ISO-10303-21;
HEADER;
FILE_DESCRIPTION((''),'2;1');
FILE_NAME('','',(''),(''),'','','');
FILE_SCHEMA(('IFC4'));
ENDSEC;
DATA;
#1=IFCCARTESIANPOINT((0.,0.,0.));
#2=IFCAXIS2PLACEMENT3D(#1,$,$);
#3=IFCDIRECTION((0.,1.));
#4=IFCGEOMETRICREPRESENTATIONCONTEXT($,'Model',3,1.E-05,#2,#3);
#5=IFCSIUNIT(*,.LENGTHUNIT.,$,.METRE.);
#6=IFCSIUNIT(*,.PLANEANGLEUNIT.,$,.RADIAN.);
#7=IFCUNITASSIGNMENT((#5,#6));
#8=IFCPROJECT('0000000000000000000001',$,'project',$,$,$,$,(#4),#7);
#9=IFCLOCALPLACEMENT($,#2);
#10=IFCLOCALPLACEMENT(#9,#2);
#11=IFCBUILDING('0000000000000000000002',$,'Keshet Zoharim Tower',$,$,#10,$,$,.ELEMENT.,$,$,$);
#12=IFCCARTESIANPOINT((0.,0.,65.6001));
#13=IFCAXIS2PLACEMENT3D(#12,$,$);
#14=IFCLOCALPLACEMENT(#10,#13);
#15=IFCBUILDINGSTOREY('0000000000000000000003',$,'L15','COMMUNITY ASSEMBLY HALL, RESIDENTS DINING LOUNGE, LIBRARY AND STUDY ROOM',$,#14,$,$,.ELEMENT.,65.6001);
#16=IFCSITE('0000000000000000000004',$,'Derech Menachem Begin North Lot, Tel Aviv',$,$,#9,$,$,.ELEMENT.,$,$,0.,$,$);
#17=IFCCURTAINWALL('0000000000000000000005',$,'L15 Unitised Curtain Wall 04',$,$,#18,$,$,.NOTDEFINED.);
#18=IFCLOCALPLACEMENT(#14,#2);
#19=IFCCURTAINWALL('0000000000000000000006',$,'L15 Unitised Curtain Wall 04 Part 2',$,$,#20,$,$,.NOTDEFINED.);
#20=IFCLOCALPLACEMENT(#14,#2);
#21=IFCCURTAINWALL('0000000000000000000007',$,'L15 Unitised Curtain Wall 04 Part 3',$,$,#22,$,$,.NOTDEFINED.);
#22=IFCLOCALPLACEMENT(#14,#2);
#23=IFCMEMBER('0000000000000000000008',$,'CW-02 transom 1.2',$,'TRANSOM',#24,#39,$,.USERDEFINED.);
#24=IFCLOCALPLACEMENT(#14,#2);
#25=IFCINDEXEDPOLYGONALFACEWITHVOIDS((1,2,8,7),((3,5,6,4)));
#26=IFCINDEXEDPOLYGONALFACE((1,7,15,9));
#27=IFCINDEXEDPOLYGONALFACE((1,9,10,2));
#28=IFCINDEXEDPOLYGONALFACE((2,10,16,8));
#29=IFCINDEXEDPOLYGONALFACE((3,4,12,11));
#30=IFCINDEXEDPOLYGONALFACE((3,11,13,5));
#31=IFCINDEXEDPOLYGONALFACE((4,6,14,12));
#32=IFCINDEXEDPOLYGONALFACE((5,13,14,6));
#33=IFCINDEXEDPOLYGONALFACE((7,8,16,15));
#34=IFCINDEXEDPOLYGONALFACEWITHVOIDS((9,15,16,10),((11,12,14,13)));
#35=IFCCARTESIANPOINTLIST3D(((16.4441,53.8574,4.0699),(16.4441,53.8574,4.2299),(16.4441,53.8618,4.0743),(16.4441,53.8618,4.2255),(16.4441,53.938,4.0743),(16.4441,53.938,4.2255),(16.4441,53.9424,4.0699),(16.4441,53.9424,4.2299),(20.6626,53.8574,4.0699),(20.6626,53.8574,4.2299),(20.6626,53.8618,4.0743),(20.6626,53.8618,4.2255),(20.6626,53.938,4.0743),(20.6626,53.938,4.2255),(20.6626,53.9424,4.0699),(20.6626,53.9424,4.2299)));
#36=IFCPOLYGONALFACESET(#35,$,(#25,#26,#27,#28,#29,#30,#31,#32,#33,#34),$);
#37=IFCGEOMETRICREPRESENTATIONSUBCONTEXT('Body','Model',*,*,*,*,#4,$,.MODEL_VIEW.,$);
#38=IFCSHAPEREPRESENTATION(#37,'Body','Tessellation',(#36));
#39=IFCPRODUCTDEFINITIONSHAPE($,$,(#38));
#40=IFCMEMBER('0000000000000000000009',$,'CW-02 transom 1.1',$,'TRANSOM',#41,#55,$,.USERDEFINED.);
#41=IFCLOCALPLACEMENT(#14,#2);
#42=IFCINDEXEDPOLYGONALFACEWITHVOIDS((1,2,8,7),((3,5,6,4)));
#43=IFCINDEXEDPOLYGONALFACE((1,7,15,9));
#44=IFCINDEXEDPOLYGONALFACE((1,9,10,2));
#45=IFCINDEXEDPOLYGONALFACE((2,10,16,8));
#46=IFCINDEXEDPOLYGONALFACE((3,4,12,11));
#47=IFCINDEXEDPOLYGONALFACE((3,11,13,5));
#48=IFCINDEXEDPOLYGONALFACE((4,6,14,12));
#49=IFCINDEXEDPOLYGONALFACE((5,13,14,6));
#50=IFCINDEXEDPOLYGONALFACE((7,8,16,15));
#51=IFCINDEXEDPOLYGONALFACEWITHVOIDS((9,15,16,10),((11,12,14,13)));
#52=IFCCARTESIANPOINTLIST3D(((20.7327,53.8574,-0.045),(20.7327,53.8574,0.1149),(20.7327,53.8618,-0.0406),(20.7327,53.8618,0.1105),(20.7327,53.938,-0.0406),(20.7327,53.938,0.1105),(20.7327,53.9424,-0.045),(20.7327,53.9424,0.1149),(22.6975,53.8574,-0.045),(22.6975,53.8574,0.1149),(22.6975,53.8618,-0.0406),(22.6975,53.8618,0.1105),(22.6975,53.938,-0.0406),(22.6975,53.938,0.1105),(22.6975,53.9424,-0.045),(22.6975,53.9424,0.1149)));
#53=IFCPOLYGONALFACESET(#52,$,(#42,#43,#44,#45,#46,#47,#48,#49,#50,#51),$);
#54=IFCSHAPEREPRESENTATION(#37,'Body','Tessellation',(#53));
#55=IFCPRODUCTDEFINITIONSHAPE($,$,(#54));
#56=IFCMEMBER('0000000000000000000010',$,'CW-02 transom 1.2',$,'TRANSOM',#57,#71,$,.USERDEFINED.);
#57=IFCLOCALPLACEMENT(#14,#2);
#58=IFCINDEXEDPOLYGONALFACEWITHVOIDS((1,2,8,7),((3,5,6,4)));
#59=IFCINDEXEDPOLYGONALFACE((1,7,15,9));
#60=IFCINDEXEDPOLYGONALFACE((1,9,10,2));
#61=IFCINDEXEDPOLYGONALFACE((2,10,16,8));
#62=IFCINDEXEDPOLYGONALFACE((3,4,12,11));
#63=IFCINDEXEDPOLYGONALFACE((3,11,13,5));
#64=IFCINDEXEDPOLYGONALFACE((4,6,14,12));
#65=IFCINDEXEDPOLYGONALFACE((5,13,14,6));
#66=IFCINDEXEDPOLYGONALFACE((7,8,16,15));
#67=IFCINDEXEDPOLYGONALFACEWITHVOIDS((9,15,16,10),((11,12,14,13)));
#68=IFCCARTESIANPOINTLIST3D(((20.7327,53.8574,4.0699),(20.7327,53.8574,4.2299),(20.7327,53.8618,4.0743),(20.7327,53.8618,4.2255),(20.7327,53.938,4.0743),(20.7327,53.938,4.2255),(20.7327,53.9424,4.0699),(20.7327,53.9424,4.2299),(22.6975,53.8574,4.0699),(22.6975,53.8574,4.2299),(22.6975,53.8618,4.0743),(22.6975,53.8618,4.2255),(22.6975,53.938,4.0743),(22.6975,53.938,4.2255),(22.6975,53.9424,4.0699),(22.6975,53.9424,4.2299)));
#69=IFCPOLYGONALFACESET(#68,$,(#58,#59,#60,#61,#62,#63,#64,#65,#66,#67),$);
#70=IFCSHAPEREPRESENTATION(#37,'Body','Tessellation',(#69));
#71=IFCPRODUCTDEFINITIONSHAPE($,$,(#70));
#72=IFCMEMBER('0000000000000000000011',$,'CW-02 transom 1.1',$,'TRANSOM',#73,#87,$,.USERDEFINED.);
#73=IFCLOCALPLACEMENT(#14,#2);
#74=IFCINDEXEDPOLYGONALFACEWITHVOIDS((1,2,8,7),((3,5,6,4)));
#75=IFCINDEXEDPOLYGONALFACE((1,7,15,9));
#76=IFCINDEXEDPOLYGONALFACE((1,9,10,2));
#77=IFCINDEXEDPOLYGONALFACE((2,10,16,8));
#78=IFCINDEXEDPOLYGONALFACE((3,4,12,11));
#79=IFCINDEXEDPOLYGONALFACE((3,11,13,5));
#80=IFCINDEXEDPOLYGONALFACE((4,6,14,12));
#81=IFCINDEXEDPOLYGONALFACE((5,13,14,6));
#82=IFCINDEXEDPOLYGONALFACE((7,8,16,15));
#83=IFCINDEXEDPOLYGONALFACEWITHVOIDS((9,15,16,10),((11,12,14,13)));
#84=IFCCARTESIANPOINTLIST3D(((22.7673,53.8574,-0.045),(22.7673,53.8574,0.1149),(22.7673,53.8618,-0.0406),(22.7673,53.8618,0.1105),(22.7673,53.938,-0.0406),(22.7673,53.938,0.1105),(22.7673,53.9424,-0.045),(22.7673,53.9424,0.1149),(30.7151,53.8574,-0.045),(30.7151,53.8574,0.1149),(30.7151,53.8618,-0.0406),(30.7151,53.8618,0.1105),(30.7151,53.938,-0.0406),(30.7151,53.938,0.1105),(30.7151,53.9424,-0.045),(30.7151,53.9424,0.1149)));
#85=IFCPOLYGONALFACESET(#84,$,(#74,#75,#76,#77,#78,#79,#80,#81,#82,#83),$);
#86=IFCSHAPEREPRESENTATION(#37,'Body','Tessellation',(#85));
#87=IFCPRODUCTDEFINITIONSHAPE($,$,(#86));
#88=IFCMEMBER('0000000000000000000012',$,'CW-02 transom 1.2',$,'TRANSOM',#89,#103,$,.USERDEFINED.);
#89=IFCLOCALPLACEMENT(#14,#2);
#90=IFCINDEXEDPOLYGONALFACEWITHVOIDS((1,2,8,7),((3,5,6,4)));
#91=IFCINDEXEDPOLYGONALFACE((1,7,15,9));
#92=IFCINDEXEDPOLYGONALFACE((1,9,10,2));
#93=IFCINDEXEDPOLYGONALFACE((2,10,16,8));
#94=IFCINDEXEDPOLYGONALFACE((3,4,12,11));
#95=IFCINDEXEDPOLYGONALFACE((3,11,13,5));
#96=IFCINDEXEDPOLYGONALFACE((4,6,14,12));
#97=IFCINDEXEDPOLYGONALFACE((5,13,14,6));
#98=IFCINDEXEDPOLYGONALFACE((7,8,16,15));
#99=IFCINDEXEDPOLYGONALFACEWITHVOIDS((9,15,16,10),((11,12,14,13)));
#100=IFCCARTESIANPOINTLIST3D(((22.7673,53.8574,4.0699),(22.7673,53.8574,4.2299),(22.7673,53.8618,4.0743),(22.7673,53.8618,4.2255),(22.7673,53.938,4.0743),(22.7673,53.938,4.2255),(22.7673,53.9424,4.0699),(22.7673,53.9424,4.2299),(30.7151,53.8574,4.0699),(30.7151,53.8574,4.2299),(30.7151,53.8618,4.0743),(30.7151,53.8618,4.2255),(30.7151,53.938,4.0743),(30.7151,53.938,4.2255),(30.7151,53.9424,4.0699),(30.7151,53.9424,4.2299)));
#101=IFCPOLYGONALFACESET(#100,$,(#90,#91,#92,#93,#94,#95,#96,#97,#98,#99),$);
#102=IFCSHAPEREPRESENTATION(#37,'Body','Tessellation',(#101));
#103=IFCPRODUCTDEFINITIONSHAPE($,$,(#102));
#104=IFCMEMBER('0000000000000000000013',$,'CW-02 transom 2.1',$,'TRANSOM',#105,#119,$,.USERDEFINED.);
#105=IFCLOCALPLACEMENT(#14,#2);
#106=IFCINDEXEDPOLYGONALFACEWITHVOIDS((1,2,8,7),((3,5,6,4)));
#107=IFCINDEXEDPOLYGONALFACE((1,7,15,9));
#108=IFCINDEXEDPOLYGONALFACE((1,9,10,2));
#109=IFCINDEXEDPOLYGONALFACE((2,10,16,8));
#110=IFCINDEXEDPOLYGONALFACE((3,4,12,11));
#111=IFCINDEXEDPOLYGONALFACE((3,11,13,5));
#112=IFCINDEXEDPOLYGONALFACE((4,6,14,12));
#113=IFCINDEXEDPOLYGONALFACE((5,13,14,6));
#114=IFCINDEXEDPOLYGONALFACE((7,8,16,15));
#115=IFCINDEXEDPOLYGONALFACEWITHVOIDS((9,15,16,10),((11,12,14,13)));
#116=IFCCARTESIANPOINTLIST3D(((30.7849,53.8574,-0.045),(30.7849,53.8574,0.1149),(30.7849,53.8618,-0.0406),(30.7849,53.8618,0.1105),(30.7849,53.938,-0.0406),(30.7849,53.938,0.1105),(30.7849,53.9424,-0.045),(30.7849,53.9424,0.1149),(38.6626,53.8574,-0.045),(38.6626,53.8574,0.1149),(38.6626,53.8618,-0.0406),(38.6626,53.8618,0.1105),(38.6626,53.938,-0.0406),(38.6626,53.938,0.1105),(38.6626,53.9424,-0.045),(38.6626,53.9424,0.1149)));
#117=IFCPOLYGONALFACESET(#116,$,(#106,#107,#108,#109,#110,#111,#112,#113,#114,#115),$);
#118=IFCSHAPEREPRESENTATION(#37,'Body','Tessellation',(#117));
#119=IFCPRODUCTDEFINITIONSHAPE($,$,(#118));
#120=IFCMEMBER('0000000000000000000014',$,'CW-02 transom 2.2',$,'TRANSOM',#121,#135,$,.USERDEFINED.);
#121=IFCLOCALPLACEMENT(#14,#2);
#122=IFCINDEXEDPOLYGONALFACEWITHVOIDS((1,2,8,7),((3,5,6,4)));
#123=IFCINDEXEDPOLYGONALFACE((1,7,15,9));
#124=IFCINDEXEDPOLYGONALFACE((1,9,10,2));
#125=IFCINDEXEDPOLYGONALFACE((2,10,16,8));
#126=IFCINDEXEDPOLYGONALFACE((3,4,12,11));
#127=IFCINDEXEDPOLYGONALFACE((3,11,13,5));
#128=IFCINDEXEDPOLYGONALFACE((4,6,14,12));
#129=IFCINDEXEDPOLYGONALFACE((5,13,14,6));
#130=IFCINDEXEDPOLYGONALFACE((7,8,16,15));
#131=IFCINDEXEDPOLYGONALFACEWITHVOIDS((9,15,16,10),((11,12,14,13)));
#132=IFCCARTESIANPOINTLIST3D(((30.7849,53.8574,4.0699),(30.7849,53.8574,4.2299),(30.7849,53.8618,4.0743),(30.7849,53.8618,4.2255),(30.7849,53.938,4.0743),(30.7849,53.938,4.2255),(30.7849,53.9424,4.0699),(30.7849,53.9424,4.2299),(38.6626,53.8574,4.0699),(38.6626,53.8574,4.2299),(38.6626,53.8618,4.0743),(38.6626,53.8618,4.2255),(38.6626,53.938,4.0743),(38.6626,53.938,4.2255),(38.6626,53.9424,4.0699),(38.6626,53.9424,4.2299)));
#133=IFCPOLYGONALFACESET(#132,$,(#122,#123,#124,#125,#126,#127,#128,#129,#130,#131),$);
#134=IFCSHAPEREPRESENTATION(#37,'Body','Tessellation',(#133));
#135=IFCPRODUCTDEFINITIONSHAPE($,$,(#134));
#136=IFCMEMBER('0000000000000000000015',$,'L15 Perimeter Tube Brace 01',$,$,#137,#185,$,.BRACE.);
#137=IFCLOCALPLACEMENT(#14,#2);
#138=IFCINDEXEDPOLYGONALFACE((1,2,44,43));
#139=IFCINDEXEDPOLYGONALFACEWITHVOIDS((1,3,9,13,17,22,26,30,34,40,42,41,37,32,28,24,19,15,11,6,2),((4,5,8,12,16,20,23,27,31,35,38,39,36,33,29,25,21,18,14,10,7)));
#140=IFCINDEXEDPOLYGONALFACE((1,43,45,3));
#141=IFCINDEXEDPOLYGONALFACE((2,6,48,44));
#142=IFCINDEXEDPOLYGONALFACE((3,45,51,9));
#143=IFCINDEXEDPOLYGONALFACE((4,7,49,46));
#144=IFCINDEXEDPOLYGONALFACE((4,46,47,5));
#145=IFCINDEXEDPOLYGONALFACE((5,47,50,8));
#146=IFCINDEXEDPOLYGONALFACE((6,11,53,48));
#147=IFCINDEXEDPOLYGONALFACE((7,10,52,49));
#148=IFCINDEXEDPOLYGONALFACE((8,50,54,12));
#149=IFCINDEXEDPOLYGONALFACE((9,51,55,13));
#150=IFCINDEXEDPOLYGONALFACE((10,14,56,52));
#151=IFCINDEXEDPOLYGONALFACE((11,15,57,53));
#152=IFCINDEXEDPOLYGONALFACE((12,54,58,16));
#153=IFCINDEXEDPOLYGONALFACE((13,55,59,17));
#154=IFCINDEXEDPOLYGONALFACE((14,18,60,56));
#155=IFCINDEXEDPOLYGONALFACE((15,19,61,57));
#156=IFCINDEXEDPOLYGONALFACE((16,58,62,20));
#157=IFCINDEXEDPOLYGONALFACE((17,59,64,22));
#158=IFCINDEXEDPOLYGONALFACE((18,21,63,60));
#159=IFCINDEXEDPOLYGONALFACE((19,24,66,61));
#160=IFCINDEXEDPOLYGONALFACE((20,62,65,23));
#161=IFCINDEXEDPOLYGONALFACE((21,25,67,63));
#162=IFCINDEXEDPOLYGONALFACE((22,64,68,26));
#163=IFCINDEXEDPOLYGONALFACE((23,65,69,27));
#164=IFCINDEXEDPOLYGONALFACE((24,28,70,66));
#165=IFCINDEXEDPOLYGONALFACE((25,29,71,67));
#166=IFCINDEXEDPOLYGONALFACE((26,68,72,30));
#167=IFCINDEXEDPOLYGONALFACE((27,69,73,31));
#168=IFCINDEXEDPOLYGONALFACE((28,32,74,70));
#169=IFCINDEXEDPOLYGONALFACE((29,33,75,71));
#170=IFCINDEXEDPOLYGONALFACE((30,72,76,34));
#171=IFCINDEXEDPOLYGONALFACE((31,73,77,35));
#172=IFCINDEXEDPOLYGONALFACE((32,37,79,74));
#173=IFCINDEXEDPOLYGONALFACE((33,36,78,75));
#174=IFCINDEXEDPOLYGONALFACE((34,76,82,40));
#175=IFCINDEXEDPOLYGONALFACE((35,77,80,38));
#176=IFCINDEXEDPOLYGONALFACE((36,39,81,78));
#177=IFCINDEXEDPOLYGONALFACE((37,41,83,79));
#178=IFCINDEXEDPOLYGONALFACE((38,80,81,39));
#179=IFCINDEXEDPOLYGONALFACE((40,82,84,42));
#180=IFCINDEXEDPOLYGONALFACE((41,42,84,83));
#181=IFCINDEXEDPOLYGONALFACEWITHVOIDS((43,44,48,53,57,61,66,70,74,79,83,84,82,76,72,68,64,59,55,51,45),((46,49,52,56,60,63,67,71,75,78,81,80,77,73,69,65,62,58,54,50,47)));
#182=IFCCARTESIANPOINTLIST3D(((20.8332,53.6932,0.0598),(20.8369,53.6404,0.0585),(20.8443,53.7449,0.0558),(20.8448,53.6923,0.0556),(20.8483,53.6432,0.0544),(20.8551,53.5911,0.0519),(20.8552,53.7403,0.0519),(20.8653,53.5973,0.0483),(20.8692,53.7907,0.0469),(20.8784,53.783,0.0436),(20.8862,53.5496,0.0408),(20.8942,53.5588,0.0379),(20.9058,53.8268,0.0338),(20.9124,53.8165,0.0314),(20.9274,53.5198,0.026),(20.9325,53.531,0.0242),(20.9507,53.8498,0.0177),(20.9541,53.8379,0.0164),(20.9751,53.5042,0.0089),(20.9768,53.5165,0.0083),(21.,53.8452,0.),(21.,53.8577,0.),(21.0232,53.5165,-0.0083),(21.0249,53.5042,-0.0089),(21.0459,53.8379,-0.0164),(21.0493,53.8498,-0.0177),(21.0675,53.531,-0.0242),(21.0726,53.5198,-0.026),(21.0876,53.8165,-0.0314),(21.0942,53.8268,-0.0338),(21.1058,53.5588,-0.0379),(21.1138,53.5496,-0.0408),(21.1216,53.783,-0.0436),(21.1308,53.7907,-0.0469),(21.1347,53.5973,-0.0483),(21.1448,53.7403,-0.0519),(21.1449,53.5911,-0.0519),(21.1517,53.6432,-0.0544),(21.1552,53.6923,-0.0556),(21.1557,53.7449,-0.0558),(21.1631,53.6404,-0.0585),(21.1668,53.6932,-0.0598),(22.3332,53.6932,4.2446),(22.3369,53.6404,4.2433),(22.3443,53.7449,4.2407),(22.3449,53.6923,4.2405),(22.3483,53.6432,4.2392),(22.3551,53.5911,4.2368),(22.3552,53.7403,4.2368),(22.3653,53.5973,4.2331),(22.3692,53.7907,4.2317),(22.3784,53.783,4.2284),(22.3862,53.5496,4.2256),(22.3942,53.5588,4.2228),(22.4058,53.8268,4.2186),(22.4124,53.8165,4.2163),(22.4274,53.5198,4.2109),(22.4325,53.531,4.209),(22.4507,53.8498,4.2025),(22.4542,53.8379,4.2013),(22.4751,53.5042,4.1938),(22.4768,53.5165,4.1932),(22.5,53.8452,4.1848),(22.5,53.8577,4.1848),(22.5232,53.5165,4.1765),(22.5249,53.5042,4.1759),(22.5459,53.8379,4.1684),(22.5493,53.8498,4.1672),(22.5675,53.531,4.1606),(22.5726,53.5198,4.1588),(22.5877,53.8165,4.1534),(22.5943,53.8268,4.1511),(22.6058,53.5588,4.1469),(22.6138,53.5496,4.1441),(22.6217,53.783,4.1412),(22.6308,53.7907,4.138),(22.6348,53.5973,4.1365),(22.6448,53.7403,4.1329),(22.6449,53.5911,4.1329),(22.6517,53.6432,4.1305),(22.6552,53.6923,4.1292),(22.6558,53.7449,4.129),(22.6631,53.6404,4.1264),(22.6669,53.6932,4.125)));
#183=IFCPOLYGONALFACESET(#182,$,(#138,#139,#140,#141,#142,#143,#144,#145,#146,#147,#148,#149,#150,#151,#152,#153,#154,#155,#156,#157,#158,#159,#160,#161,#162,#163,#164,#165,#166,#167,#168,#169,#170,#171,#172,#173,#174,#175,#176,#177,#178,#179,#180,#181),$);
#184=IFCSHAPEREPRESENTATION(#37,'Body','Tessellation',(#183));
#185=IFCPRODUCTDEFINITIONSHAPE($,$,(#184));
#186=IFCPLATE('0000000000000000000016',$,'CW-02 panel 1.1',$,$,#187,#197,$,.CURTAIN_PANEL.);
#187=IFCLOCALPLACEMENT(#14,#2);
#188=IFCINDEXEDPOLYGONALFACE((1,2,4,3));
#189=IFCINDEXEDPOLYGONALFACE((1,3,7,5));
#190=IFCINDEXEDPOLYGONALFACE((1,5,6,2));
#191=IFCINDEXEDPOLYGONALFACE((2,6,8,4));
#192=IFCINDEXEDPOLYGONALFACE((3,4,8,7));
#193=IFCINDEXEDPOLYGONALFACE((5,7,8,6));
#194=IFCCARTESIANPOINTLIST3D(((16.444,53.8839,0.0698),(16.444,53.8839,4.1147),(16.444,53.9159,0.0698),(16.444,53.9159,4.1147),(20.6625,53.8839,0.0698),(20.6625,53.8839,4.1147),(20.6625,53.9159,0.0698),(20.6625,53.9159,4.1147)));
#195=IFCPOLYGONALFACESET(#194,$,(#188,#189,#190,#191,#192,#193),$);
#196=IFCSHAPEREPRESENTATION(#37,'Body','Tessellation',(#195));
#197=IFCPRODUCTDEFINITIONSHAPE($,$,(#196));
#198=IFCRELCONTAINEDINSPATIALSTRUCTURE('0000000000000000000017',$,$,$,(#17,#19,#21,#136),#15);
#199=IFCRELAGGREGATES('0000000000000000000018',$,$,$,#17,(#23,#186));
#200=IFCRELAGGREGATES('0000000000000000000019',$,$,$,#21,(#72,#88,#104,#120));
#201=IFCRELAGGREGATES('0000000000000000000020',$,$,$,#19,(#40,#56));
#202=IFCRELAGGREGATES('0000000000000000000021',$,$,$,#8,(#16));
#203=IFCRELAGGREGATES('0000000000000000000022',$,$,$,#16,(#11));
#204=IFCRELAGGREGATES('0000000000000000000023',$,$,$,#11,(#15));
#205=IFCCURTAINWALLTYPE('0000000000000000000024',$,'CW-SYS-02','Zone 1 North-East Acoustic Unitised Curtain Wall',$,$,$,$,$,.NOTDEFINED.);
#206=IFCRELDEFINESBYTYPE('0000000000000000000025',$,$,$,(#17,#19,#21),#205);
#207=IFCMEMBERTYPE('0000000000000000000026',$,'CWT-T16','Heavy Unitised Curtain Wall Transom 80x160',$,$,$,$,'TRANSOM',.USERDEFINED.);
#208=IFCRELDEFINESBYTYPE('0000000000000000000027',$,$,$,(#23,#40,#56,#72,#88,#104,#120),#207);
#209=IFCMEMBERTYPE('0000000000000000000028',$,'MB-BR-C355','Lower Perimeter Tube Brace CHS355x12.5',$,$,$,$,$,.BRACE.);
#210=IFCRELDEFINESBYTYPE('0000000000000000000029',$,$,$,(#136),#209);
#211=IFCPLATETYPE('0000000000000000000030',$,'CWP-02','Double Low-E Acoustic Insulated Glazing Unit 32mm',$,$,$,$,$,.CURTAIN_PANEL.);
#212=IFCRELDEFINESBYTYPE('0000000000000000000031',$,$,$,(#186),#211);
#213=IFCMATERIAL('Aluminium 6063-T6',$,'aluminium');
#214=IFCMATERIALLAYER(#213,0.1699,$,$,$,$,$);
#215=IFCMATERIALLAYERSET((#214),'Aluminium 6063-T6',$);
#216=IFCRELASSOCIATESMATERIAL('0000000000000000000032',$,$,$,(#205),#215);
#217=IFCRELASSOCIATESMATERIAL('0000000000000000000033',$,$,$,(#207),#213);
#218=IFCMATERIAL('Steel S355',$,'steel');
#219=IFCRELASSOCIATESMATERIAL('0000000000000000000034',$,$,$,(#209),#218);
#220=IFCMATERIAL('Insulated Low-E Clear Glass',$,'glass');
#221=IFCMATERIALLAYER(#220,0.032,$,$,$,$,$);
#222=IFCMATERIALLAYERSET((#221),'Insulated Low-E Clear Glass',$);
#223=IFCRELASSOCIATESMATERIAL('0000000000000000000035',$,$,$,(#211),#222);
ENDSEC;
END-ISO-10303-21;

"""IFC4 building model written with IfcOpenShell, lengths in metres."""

from ifc_helpers import new_model, si_unit, direction, frame, origin, origin_2d, place, context, subcontext, project, spatial, rectangle, hollow_rectangle, hollow_circle, extrude, material, layer, layer_set, material_profile, profile_set, type_object, element, aggregate, save


model = new_model("IFC4")

# Units and contexts
model_context = context("Model", 3, precision=1e-05, world=origin(), true_north=direction((0.0, 1.0)))
body_context = subcontext(model_context, "Body", "Model", "MODEL_VIEW")
ifc_project = project(units=[si_unit("LENGTHUNIT", "METRE"), si_unit("PLANEANGLEUNIT", "RADIAN")], contexts=[model_context])

# Site, building, storey
site_placement = place(None, origin())
site = spatial("IfcSite", under=ifc_project, at=site_placement, Name="Derech Menachem Begin North Lot, Tel Aviv", CompositionType="ELEMENT", RefElevation=0.0)
building_placement = place(site_placement, origin())
building = spatial("IfcBuilding", under=site, at=building_placement, Name="Keshet Zoharim Tower", CompositionType="ELEMENT")
storey_placement = place(building_placement, frame((0.0, 0.0, 65.6001)))
storey = spatial("IfcBuildingStorey", under=building, at=storey_placement, Name="L15", Description="COMMUNITY ASSEMBLY HALL, RESIDENTS DINING LOUNGE, LIBRARY AND STUDY ROOM", CompositionType="ELEMENT", Elevation=65.6001)

# Shared definitions
ifc_material_1 = material(Name="Steel S355", Category="steel")

# Curtain walls
ifc_material_2 = material(Name="Aluminium 6063-T6", Category="aluminium")
ifc_layer_1 = layer(ifc_material_2, 0.1699)
ifc_layer_set_1 = layer_set([ifc_layer_1], Name="Aluminium 6063-T6")
curtain_wall_type = type_object("IfcCurtainWallType", Name="CW-SYS-02", Description="Zone 1 North-East Acoustic Unitised Curtain Wall", PredefinedType="NOTDEFINED", material=ifc_layer_set_1)
curtain_wall_1_placement = place(storey_placement, origin())
curtain_wall_1 = element("IfcCurtainWall", 1, at=curtain_wall_1_placement, inside=storey, type_object=curtain_wall_type, Name="L15 Unitised Curtain Wall 04", PredefinedType="NOTDEFINED")
curtain_wall_2_placement = place(storey_placement, origin())
curtain_wall_2 = element("IfcCurtainWall", 2, at=curtain_wall_2_placement, inside=storey, type_object=curtain_wall_type, Name="L15 Unitised Curtain Wall 04 Part 2", PredefinedType="NOTDEFINED")
curtain_wall_3_placement = place(storey_placement, origin())
curtain_wall_3 = element("IfcCurtainWall", 3, at=curtain_wall_3_placement, inside=storey, type_object=curtain_wall_type, Name="L15 Unitised Curtain Wall 04 Part 3", PredefinedType="NOTDEFINED")

# Members
ifc_material_profile_1 = material_profile(ifc_material_2, hollow_rectangle(XDim=0.085, YDim=0.1599, WallThickness=0.0044, at=origin_2d()), Name="TRN-85x160")
ifc_profile_set_1 = profile_set([ifc_material_profile_1], Name="Aluminium 6063-T6")
member_type_1 = type_object("IfcMemberType", Name="CWT-T16", Description="Heavy Unitised Curtain Wall Transom 80x160", ElementType="TRANSOM", PredefinedType="USERDEFINED", material=ifc_profile_set_1)
member_1_placement = place(storey_placement, frame((16.4441, 53.8999, 4.1499), z_axis=(1.0, 0.0, 0.0), x_axis=(0.0, 1.0, 0.0)))
member_1 = element("IfcMember", 4, at=member_1_placement, type_object=member_type_1, Name="CW-02 transom 1.2", ObjectType="TRANSOM", PredefinedType="USERDEFINED", context=body_context, shape_type="SweptSolid", body=[
    extrude(hollow_rectangle(XDim=0.085, YDim=0.1599, WallThickness=0.0044, at=origin_2d()), origin(), (0.0, 0.0, 1.0), 4.2185),
])
member_2_placement = place(storey_placement, frame((20.7327, 53.8999, 0.0349), z_axis=(1.0, 0.0, 0.0), x_axis=(0.0, 1.0, 0.0)))
member_2 = element("IfcMember", 5, at=member_2_placement, type_object=member_type_1, Name="CW-02 transom 1.1", ObjectType="TRANSOM", PredefinedType="USERDEFINED", context=body_context, shape_type="SweptSolid", body=[
    extrude(hollow_rectangle(XDim=0.085, YDim=0.1599, WallThickness=0.0044, at=origin_2d()), origin(), (0.0, 0.0, 1.0), 1.9648),
])
member_3_placement = place(storey_placement, frame((20.7327, 53.8999, 4.1499), z_axis=(1.0, 0.0, 0.0), x_axis=(0.0, 1.0, 0.0)))
member_3 = element("IfcMember", 6, at=member_3_placement, type_object=member_type_1, Name="CW-02 transom 1.2", ObjectType="TRANSOM", PredefinedType="USERDEFINED", context=body_context, shape_type="SweptSolid", body=[
    extrude(hollow_rectangle(XDim=0.085, YDim=0.1599, WallThickness=0.0044, at=origin_2d()), origin(), (0.0, 0.0, 1.0), 1.9648),
])
member_4_placement = place(storey_placement, frame((22.7673, 53.8999, 0.0349), z_axis=(1.0, 0.0, 0.0), x_axis=(0.0, 1.0, 0.0)))
member_4 = element("IfcMember", 7, at=member_4_placement, type_object=member_type_1, Name="CW-02 transom 1.1", ObjectType="TRANSOM", PredefinedType="USERDEFINED", context=body_context, shape_type="SweptSolid", body=[
    extrude(hollow_rectangle(XDim=0.085, YDim=0.1599, WallThickness=0.0044, at=origin_2d()), origin(), (0.0, 0.0, 1.0), 7.9478),
])
member_5_placement = place(storey_placement, frame((22.7673, 53.8999, 4.1499), z_axis=(1.0, 0.0, 0.0), x_axis=(0.0, 1.0, 0.0)))
member_5 = element("IfcMember", 8, at=member_5_placement, type_object=member_type_1, Name="CW-02 transom 1.2", ObjectType="TRANSOM", PredefinedType="USERDEFINED", context=body_context, shape_type="SweptSolid", body=[
    extrude(hollow_rectangle(XDim=0.085, YDim=0.1599, WallThickness=0.0044, at=origin_2d()), origin(), (0.0, 0.0, 1.0), 7.9478),
])
member_6_placement = place(storey_placement, frame((30.7849, 53.8999, 0.0349), z_axis=(1.0, 0.0, 0.0), x_axis=(0.0, 1.0, 0.0)))
member_6 = element("IfcMember", 9, at=member_6_placement, type_object=member_type_1, Name="CW-02 transom 2.1", ObjectType="TRANSOM", PredefinedType="USERDEFINED", context=body_context, shape_type="SweptSolid", body=[
    extrude(hollow_rectangle(XDim=0.085, YDim=0.1599, WallThickness=0.0044, at=origin_2d()), origin(), (0.0, 0.0, 1.0), 7.8777),
])
member_7_placement = place(storey_placement, frame((30.7849, 53.8999, 4.1499), z_axis=(1.0, 0.0, 0.0), x_axis=(0.0, 1.0, 0.0)))
member_7 = element("IfcMember", 10, at=member_7_placement, type_object=member_type_1, Name="CW-02 transom 2.2", ObjectType="TRANSOM", PredefinedType="USERDEFINED", context=body_context, shape_type="SweptSolid", body=[
    extrude(hollow_rectangle(XDim=0.085, YDim=0.1599, WallThickness=0.0044, at=origin_2d()), origin(), (0.0, 0.0, 1.0), 7.8777),
])
ifc_material_profile_2 = material_profile(ifc_material_1, hollow_circle(Radius=0.1777, WallThickness=0.0125, at=origin_2d()), Name="CHS355x12.5")
ifc_profile_set_2 = profile_set([ifc_material_profile_2], Name="Steel S355")
member_type_2 = type_object("IfcMemberType", Name="MB-BR-C355", Description="Lower Perimeter Tube Brace CHS355x12.5", PredefinedType="BRACE", material=ifc_profile_set_2)
member_8_placement = place(storey_placement, frame((21.0, 53.6799, 0.0), z_axis=(0.337418, 0.0, 0.941355), x_axis=(0.0, 1.0, 0.0)))
element("IfcMember", 11, at=member_8_placement, inside=storey, type_object=member_type_2, Name="L15 Perimeter Tube Brace 01", PredefinedType="BRACE", context=body_context, shape_type="SweptSolid", body=[
    extrude(hollow_circle(Radius=0.1777, WallThickness=0.0125, at=origin_2d()), origin(), (0.0, 0.0, 1.0), 4.4456),
])

# Plate
ifc_material_3 = material(Name="Insulated Low-E Clear Glass", Category="glass")
ifc_layer_2 = layer(ifc_material_3, 0.032)
ifc_layer_set_2 = layer_set([ifc_layer_2], Name="Insulated Low-E Clear Glass")
plate_type_1 = type_object("IfcPlateType", Name="CWP-02", Description="Double Low-E Acoustic Insulated Glazing Unit 32mm", PredefinedType="CURTAIN_PANEL", material=ifc_layer_set_2)
plate_1_placement = place(storey_placement, frame((18.5532, 53.8999, 0.0698), z_axis=(0.0, 0.0, 1.0), x_axis=(1.0, 0.0, 0.0)))
plate_1 = element("IfcPlate", 12, at=plate_1_placement, type_object=plate_type_1, Name="CW-02 panel 1.1", PredefinedType="CURTAIN_PANEL", context=body_context, shape_type="SweptSolid", body=[
    extrude(rectangle(XDim=4.2185, YDim=0.032, at=origin_2d()), origin(), (0.0, 0.0, 1.0), 4.0449),
])
aggregate(curtain_wall_1, [member_1, plate_1])
aggregate(curtain_wall_3, [member_4, member_5, member_6, member_7])
aggregate(curtain_wall_2, [member_2, member_3])

save(model, "model.ifc")
